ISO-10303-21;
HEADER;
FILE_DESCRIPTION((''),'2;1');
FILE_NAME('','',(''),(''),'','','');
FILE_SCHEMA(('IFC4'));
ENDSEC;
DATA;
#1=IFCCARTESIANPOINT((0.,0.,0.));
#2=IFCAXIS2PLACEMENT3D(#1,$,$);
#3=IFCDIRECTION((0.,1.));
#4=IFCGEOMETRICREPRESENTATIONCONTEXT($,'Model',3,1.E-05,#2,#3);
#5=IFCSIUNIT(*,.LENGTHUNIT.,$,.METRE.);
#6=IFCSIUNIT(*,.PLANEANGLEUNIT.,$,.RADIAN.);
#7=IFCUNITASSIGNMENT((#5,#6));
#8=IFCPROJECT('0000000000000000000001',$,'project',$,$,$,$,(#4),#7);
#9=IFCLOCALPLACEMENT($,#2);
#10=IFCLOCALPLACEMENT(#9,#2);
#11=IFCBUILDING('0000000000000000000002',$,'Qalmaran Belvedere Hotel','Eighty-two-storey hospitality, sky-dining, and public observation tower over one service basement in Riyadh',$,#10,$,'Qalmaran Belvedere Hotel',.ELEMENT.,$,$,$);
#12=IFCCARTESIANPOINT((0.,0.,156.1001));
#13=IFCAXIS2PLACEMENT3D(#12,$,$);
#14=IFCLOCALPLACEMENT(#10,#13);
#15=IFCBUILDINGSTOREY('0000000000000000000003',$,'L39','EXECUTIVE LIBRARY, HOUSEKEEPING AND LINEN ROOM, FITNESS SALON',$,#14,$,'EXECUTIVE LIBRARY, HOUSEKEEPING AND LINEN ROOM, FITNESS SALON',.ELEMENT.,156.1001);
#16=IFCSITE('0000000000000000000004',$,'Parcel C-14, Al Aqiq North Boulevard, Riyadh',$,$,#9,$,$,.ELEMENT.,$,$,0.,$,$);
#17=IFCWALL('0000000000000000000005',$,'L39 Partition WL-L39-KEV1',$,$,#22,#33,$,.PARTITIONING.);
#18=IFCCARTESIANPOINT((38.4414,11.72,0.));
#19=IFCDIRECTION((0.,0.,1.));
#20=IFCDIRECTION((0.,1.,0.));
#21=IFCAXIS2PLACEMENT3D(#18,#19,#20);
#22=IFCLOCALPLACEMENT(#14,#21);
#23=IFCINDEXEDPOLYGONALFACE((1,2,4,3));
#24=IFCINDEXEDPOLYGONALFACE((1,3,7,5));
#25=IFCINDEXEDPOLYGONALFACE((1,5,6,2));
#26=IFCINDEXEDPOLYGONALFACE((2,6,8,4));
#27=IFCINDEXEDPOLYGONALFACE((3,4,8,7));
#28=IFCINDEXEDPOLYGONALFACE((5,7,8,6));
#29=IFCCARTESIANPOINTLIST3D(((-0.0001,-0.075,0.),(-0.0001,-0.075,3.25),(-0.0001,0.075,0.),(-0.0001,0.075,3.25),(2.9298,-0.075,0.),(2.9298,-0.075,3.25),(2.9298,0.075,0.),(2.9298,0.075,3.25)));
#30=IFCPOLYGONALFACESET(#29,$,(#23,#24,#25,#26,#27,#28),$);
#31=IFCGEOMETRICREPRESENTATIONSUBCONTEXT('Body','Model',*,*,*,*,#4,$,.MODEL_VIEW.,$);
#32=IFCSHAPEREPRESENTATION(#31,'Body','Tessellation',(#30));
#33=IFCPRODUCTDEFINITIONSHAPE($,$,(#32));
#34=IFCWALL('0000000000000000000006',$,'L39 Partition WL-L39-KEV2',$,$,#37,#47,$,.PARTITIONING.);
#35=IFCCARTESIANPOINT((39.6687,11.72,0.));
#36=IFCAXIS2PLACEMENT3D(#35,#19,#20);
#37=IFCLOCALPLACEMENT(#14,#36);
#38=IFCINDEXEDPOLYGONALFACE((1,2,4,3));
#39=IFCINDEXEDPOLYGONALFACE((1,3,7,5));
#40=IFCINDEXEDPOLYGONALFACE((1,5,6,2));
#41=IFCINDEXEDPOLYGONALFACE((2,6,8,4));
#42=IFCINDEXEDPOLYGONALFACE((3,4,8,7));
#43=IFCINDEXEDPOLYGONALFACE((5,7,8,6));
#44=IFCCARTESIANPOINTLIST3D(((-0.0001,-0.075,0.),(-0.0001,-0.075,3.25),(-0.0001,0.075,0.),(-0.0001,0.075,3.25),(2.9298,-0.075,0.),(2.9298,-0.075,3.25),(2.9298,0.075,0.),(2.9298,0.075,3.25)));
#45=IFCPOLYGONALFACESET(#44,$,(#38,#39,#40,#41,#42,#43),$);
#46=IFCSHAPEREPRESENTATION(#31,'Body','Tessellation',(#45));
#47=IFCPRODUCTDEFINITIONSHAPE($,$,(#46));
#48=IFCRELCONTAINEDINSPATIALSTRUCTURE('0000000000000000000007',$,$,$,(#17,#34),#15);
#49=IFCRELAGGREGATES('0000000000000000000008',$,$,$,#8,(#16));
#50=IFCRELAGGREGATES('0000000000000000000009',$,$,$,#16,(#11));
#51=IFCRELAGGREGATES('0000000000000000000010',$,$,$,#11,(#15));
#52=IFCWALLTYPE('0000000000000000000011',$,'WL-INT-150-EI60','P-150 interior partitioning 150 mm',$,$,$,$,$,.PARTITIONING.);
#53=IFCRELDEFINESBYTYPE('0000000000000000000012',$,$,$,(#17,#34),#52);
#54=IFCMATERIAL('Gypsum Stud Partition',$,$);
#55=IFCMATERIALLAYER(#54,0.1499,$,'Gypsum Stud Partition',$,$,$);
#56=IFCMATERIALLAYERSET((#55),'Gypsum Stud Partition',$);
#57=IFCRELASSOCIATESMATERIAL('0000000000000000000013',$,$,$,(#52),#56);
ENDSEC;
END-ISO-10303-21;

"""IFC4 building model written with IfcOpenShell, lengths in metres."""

from ifc_helpers import new_model, si_unit, direction, frame, frame_2d, origin, place, context, subcontext, project, spatial, rectangle, extrude, material, layer, layer_set, type_object, element, save


model = new_model("IFC4")

# Units and contexts
model_context = context("Model", 3, precision=1e-05, world=origin(), true_north=direction((0.0, 1.0)))
body_context = subcontext(model_context, "Body", "Model", "MODEL_VIEW")
ifc_project = project(units=[si_unit("LENGTHUNIT", "METRE"), si_unit("PLANEANGLEUNIT", "RADIAN")], contexts=[model_context])

# Site, building, storey
site_placement = place(None, origin())
site = spatial("IfcSite", under=ifc_project, at=site_placement, Name="Parcel C-14, Al Aqiq North Boulevard, Riyadh", CompositionType="ELEMENT", RefElevation=0.0)
building_placement = place(site_placement, origin())
building = spatial("IfcBuilding", under=site, at=building_placement, Name="Qalmaran Belvedere Hotel", Description="Eighty-two-storey hospitality, sky-dining, and public observation tower over one service basement in Riyadh", LongName="Qalmaran Belvedere Hotel", CompositionType="ELEMENT")
storey_placement = place(building_placement, frame((0.0, 0.0, 156.1001)))
storey = spatial("IfcBuildingStorey", under=building, at=storey_placement, Name="L39", Description="EXECUTIVE LIBRARY, HOUSEKEEPING AND LINEN ROOM, FITNESS SALON", LongName="EXECUTIVE LIBRARY, HOUSEKEEPING AND LINEN ROOM, FITNESS SALON", CompositionType="ELEMENT", Elevation=156.1001)

# Walls
ifc_material_1 = material(Name="Gypsum Stud Partition")
ifc_layer_1 = layer(ifc_material_1, 0.1499, Name="Gypsum Stud Partition")
ifc_layer_set_1 = layer_set([ifc_layer_1], Name="Gypsum Stud Partition")
wall_type_1 = type_object("IfcWallType", Name="WL-INT-150-EI60", Description="P-150 interior partitioning 150 mm", PredefinedType="PARTITIONING", material=ifc_layer_set_1)
for number, where, z_axis, x_axis, name in (
    (1, (38.4414, 11.72, 0.0), (0.0, 0.0, 1.0), (0.0, 1.0, 0.0), "L39 Partition WL-L39-KEV1"),
    (2, (39.6687, 11.72, 0.0), (0.0, 0.0, 1.0), (0.0, 1.0, 0.0), "L39 Partition WL-L39-KEV2"),
):
    element("IfcWall", number, at=place(storey_placement, frame(where, z_axis=z_axis, x_axis=x_axis)), inside=storey, type_object=wall_type_1, Name=name, PredefinedType="PARTITIONING", context=body_context, shape_type="SweptSolid", body=[
        extrude(rectangle(XDim=2.9299, YDim=0.1499, at=frame_2d((1.4648, 0.0))), origin(), (0.0, 0.0, 1.0), 3.25),
    ])

save(model, "model.ifc")
